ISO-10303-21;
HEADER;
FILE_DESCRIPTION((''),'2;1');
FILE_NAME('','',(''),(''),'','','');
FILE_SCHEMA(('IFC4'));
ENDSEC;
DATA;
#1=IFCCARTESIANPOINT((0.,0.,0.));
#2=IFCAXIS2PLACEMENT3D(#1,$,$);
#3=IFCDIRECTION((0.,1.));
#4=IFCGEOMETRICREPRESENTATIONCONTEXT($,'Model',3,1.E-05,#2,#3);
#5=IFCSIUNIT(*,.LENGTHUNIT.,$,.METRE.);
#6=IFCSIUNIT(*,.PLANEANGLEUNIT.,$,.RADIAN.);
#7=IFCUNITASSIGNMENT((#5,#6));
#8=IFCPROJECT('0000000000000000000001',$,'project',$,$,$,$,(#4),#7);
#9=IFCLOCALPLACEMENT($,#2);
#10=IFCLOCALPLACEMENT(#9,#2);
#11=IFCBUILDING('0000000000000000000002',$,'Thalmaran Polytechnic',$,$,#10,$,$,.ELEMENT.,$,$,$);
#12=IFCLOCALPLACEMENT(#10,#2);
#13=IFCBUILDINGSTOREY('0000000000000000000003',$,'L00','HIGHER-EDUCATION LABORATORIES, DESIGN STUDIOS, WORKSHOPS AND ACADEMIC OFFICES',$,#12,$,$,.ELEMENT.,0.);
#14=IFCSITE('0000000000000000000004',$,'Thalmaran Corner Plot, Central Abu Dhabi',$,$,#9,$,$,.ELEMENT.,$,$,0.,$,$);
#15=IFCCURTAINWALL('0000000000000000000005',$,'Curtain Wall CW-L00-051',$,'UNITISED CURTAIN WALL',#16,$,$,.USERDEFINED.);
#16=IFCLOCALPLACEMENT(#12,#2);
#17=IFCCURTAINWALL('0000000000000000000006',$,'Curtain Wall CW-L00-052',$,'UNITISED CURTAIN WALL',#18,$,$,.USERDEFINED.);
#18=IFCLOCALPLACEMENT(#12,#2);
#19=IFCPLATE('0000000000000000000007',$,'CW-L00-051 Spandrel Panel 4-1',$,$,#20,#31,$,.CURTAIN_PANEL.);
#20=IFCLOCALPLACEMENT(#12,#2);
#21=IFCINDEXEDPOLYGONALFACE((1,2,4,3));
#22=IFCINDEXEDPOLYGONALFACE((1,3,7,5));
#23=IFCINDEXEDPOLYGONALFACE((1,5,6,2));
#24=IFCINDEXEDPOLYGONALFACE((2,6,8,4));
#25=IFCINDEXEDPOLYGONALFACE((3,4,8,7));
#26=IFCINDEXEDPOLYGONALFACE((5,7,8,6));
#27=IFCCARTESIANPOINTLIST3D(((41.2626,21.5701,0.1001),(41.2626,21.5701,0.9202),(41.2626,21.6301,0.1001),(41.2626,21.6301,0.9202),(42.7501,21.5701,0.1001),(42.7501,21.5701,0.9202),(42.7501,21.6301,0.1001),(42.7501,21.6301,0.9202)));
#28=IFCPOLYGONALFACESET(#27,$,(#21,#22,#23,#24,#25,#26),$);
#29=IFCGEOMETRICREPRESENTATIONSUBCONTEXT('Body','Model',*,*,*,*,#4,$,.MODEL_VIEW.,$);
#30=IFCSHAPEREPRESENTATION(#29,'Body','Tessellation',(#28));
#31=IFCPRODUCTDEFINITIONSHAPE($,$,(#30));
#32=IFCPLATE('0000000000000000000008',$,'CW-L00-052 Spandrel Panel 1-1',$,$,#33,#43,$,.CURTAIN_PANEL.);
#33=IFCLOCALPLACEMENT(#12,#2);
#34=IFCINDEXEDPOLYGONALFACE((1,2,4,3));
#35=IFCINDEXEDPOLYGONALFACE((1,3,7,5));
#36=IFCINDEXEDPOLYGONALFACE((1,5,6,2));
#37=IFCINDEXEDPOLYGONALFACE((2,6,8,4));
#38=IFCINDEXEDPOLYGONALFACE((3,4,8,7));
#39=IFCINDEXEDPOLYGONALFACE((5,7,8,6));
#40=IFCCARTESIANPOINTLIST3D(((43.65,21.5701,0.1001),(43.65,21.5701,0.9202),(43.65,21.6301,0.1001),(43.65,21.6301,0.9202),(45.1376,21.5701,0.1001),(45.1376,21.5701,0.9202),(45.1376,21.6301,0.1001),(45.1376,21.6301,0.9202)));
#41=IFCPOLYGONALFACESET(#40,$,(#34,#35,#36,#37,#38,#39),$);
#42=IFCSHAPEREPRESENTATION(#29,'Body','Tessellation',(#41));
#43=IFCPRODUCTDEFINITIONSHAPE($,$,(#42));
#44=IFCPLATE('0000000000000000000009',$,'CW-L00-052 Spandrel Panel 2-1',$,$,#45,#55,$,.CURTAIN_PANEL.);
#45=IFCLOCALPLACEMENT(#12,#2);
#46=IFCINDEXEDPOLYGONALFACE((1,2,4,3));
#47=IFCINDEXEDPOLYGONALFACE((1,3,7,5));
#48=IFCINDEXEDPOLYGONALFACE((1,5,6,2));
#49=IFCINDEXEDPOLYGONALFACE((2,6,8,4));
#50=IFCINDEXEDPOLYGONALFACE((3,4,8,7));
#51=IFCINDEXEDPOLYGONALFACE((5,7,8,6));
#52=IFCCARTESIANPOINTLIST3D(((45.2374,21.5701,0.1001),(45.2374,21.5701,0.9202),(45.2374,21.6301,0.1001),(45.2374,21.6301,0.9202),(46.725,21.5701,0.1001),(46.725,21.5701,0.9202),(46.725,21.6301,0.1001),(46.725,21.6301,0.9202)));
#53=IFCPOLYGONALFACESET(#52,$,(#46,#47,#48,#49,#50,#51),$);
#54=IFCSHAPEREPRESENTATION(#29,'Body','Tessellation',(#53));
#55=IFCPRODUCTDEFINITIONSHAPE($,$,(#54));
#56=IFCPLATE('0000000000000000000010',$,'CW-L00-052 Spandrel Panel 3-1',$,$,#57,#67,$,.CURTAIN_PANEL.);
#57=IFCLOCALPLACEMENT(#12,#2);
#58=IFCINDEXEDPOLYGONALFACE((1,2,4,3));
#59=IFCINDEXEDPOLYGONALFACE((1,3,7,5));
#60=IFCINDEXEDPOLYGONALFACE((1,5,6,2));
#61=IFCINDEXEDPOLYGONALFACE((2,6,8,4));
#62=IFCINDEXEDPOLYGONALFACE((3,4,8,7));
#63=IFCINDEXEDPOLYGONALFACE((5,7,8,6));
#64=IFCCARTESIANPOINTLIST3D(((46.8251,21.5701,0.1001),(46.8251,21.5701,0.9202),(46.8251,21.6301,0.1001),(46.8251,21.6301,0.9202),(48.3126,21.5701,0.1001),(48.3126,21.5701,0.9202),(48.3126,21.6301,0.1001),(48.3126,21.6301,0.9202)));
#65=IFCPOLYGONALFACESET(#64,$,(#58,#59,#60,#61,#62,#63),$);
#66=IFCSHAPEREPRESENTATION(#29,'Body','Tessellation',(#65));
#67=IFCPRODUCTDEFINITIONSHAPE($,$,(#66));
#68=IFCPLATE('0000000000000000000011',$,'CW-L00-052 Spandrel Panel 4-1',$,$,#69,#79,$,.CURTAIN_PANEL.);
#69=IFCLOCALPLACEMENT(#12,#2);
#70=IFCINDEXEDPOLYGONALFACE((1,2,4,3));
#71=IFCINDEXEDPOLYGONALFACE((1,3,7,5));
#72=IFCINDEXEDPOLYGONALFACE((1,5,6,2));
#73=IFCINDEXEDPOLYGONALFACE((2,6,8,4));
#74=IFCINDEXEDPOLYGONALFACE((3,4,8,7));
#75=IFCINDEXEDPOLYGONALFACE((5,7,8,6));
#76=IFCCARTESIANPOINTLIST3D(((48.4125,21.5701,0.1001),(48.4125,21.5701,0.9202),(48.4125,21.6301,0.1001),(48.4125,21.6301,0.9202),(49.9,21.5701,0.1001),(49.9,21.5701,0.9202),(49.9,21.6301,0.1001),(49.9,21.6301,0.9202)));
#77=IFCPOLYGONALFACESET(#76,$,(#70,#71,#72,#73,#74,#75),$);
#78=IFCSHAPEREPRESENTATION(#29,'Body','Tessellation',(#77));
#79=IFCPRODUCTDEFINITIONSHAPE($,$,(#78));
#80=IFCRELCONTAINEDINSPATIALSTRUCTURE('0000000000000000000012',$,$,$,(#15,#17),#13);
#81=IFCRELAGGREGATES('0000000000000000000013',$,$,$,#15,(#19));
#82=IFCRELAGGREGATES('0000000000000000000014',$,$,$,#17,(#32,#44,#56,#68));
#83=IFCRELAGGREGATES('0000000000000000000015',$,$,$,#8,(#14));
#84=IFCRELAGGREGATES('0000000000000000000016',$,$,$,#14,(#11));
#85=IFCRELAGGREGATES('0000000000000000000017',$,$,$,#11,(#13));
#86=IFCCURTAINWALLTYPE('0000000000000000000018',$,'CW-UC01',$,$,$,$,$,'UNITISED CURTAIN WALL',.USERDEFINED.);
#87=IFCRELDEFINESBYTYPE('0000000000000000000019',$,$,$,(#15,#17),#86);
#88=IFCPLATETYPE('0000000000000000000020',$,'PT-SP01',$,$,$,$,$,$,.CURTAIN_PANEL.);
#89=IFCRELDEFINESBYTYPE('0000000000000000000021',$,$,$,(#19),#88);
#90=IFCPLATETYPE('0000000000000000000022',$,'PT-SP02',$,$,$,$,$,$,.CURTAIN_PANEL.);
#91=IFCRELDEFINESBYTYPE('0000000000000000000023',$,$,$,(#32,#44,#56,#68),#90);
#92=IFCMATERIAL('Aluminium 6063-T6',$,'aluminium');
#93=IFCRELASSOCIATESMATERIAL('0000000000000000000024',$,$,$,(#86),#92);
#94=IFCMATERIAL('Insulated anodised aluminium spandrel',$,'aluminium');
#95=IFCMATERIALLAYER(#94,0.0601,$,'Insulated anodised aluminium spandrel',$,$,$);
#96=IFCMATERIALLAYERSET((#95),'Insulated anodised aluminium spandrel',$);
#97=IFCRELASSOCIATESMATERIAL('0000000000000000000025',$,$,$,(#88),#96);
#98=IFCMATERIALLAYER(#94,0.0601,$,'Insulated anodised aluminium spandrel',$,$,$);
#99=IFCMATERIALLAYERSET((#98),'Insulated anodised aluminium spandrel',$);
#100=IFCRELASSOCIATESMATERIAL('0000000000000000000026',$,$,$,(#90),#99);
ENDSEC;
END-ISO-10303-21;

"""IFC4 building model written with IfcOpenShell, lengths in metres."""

from ifc_helpers import new_model, si_unit, direction, frame, origin, origin_2d, place, context, subcontext, project, spatial, rectangle, extrude, material, layer, layer_set, type_object, element, aggregate, save


model = new_model("IFC4")

# Units and contexts
model_context = context("Model", 3, precision=1e-05, world=origin(), true_north=direction((0.0, 1.0)))
body_context = subcontext(model_context, "Body", "Model", "MODEL_VIEW")
ifc_project = project(units=[si_unit("LENGTHUNIT", "METRE"), si_unit("PLANEANGLEUNIT", "RADIAN")], contexts=[model_context])

# Site, building, storey
site_placement = place(None, origin())
site = spatial("IfcSite", under=ifc_project, at=site_placement, Name="Thalmaran Corner Plot, Central Abu Dhabi", CompositionType="ELEMENT", RefElevation=0.0)
building_placement = place(site_placement, origin())
building = spatial("IfcBuilding", under=site, at=building_placement, Name="Thalmaran Polytechnic", CompositionType="ELEMENT")
storey_placement = place(building_placement, origin())
storey = spatial("IfcBuildingStorey", under=building, at=storey_placement, Name="L00", Description="HIGHER-EDUCATION LABORATORIES, DESIGN STUDIOS, WORKSHOPS AND ACADEMIC OFFICES", CompositionType="ELEMENT", Elevation=0.0)

# Curtain walls
ifc_material_1 = material(Name="Aluminium 6063-T6", Category="aluminium")
curtain_wall_type = type_object("IfcCurtainWallType", Name="CW-UC01", ElementType="UNITISED CURTAIN WALL", PredefinedType="USERDEFINED", material=ifc_material_1)
curtain_wall_1_placement = place(storey_placement, origin())
curtain_wall_1 = element("IfcCurtainWall", 1, at=curtain_wall_1_placement, inside=storey, type_object=curtain_wall_type, Name="Curtain Wall CW-L00-051", ObjectType="UNITISED CURTAIN WALL", PredefinedType="USERDEFINED")
curtain_wall_2_placement = place(storey_placement, origin())
curtain_wall_2 = element("IfcCurtainWall", 2, at=curtain_wall_2_placement, inside=storey, type_object=curtain_wall_type, Name="Curtain Wall CW-L00-052", ObjectType="UNITISED CURTAIN WALL", PredefinedType="USERDEFINED")

# Plates
ifc_material_2 = material(Name="Insulated anodised aluminium spandrel", Category="aluminium")
ifc_layer_1 = layer(ifc_material_2, 0.0601, Name="Insulated anodised aluminium spandrel")
ifc_layer_set_1 = layer_set([ifc_layer_1], Name="Insulated anodised aluminium spandrel")
plate_type_1 = type_object("IfcPlateType", Name="PT-SP01", PredefinedType="CURTAIN_PANEL", material=ifc_layer_set_1)
plate_1_placement = place(storey_placement, frame((42.0063, 21.6001, 0.1001), z_axis=(0.0, 0.0, 1.0), x_axis=(1.0, 0.0, 0.0)))
plate_1 = element("IfcPlate", 3, at=plate_1_placement, type_object=plate_type_1, Name="CW-L00-051 Spandrel Panel 4-1", PredefinedType="CURTAIN_PANEL", context=body_context, shape_type="SweptSolid", body=[
    extrude(rectangle(XDim=1.4875, YDim=0.0601, at=origin_2d()), origin(), (0.0, 0.0, 1.0), 0.8201),
])
aggregate(curtain_wall_1, [plate_1])
ifc_layer_2 = layer(ifc_material_2, 0.0601, Name="Insulated anodised aluminium spandrel")
ifc_layer_set_2 = layer_set([ifc_layer_2], Name="Insulated anodised aluminium spandrel")
plate_type_2 = type_object("IfcPlateType", Name="PT-SP02", PredefinedType="CURTAIN_PANEL", material=ifc_layer_set_2)
plate_2_placement = place(storey_placement, frame((44.3938, 21.6001, 0.1001), z_axis=(0.0, 0.0, 1.0), x_axis=(1.0, 0.0, 0.0)))
plate_2 = element("IfcPlate", 4, at=plate_2_placement, type_object=plate_type_2, Name="CW-L00-052 Spandrel Panel 1-1", PredefinedType="CURTAIN_PANEL", context=body_context, shape_type="SweptSolid", body=[
    extrude(rectangle(XDim=1.4875, YDim=0.0601, at=origin_2d()), origin(), (0.0, 0.0, 1.0), 0.8201),
])
plate_3_placement = place(storey_placement, frame((45.9812, 21.6001, 0.1001), z_axis=(0.0, 0.0, 1.0), x_axis=(1.0, 0.0, 0.0)))
plate_3 = element("IfcPlate", 5, at=plate_3_placement, type_object=plate_type_2, Name="CW-L00-052 Spandrel Panel 2-1", PredefinedType="CURTAIN_PANEL", context=body_context, shape_type="SweptSolid", body=[
    extrude(rectangle(XDim=1.4875, YDim=0.0601, at=origin_2d()), origin(), (0.0, 0.0, 1.0), 0.8201),
])
plate_4_placement = place(storey_placement, frame((47.5688, 21.6001, 0.1001), z_axis=(0.0, 0.0, 1.0), x_axis=(1.0, 0.0, 0.0)))
plate_4 = element("IfcPlate", 6, at=plate_4_placement, type_object=plate_type_2, Name="CW-L00-052 Spandrel Panel 3-1", PredefinedType="CURTAIN_PANEL", context=body_context, shape_type="SweptSolid", body=[
    extrude(rectangle(XDim=1.4875, YDim=0.0601, at=origin_2d()), origin(), (0.0, 0.0, 1.0), 0.8201),
])
plate_5_placement = place(storey_placement, frame((49.1562, 21.6001, 0.1001), z_axis=(0.0, 0.0, 1.0), x_axis=(1.0, 0.0, 0.0)))
plate_5 = element("IfcPlate", 7, at=plate_5_placement, type_object=plate_type_2, Name="CW-L00-052 Spandrel Panel 4-1", PredefinedType="CURTAIN_PANEL", context=body_context, shape_type="SweptSolid", body=[
    extrude(rectangle(XDim=1.4875, YDim=0.0601, at=origin_2d()), origin(), (0.0, 0.0, 1.0), 0.8201),
])
aggregate(curtain_wall_2, [plate_2, plate_3, plate_4, plate_5])

save(model, "model.ifc")
